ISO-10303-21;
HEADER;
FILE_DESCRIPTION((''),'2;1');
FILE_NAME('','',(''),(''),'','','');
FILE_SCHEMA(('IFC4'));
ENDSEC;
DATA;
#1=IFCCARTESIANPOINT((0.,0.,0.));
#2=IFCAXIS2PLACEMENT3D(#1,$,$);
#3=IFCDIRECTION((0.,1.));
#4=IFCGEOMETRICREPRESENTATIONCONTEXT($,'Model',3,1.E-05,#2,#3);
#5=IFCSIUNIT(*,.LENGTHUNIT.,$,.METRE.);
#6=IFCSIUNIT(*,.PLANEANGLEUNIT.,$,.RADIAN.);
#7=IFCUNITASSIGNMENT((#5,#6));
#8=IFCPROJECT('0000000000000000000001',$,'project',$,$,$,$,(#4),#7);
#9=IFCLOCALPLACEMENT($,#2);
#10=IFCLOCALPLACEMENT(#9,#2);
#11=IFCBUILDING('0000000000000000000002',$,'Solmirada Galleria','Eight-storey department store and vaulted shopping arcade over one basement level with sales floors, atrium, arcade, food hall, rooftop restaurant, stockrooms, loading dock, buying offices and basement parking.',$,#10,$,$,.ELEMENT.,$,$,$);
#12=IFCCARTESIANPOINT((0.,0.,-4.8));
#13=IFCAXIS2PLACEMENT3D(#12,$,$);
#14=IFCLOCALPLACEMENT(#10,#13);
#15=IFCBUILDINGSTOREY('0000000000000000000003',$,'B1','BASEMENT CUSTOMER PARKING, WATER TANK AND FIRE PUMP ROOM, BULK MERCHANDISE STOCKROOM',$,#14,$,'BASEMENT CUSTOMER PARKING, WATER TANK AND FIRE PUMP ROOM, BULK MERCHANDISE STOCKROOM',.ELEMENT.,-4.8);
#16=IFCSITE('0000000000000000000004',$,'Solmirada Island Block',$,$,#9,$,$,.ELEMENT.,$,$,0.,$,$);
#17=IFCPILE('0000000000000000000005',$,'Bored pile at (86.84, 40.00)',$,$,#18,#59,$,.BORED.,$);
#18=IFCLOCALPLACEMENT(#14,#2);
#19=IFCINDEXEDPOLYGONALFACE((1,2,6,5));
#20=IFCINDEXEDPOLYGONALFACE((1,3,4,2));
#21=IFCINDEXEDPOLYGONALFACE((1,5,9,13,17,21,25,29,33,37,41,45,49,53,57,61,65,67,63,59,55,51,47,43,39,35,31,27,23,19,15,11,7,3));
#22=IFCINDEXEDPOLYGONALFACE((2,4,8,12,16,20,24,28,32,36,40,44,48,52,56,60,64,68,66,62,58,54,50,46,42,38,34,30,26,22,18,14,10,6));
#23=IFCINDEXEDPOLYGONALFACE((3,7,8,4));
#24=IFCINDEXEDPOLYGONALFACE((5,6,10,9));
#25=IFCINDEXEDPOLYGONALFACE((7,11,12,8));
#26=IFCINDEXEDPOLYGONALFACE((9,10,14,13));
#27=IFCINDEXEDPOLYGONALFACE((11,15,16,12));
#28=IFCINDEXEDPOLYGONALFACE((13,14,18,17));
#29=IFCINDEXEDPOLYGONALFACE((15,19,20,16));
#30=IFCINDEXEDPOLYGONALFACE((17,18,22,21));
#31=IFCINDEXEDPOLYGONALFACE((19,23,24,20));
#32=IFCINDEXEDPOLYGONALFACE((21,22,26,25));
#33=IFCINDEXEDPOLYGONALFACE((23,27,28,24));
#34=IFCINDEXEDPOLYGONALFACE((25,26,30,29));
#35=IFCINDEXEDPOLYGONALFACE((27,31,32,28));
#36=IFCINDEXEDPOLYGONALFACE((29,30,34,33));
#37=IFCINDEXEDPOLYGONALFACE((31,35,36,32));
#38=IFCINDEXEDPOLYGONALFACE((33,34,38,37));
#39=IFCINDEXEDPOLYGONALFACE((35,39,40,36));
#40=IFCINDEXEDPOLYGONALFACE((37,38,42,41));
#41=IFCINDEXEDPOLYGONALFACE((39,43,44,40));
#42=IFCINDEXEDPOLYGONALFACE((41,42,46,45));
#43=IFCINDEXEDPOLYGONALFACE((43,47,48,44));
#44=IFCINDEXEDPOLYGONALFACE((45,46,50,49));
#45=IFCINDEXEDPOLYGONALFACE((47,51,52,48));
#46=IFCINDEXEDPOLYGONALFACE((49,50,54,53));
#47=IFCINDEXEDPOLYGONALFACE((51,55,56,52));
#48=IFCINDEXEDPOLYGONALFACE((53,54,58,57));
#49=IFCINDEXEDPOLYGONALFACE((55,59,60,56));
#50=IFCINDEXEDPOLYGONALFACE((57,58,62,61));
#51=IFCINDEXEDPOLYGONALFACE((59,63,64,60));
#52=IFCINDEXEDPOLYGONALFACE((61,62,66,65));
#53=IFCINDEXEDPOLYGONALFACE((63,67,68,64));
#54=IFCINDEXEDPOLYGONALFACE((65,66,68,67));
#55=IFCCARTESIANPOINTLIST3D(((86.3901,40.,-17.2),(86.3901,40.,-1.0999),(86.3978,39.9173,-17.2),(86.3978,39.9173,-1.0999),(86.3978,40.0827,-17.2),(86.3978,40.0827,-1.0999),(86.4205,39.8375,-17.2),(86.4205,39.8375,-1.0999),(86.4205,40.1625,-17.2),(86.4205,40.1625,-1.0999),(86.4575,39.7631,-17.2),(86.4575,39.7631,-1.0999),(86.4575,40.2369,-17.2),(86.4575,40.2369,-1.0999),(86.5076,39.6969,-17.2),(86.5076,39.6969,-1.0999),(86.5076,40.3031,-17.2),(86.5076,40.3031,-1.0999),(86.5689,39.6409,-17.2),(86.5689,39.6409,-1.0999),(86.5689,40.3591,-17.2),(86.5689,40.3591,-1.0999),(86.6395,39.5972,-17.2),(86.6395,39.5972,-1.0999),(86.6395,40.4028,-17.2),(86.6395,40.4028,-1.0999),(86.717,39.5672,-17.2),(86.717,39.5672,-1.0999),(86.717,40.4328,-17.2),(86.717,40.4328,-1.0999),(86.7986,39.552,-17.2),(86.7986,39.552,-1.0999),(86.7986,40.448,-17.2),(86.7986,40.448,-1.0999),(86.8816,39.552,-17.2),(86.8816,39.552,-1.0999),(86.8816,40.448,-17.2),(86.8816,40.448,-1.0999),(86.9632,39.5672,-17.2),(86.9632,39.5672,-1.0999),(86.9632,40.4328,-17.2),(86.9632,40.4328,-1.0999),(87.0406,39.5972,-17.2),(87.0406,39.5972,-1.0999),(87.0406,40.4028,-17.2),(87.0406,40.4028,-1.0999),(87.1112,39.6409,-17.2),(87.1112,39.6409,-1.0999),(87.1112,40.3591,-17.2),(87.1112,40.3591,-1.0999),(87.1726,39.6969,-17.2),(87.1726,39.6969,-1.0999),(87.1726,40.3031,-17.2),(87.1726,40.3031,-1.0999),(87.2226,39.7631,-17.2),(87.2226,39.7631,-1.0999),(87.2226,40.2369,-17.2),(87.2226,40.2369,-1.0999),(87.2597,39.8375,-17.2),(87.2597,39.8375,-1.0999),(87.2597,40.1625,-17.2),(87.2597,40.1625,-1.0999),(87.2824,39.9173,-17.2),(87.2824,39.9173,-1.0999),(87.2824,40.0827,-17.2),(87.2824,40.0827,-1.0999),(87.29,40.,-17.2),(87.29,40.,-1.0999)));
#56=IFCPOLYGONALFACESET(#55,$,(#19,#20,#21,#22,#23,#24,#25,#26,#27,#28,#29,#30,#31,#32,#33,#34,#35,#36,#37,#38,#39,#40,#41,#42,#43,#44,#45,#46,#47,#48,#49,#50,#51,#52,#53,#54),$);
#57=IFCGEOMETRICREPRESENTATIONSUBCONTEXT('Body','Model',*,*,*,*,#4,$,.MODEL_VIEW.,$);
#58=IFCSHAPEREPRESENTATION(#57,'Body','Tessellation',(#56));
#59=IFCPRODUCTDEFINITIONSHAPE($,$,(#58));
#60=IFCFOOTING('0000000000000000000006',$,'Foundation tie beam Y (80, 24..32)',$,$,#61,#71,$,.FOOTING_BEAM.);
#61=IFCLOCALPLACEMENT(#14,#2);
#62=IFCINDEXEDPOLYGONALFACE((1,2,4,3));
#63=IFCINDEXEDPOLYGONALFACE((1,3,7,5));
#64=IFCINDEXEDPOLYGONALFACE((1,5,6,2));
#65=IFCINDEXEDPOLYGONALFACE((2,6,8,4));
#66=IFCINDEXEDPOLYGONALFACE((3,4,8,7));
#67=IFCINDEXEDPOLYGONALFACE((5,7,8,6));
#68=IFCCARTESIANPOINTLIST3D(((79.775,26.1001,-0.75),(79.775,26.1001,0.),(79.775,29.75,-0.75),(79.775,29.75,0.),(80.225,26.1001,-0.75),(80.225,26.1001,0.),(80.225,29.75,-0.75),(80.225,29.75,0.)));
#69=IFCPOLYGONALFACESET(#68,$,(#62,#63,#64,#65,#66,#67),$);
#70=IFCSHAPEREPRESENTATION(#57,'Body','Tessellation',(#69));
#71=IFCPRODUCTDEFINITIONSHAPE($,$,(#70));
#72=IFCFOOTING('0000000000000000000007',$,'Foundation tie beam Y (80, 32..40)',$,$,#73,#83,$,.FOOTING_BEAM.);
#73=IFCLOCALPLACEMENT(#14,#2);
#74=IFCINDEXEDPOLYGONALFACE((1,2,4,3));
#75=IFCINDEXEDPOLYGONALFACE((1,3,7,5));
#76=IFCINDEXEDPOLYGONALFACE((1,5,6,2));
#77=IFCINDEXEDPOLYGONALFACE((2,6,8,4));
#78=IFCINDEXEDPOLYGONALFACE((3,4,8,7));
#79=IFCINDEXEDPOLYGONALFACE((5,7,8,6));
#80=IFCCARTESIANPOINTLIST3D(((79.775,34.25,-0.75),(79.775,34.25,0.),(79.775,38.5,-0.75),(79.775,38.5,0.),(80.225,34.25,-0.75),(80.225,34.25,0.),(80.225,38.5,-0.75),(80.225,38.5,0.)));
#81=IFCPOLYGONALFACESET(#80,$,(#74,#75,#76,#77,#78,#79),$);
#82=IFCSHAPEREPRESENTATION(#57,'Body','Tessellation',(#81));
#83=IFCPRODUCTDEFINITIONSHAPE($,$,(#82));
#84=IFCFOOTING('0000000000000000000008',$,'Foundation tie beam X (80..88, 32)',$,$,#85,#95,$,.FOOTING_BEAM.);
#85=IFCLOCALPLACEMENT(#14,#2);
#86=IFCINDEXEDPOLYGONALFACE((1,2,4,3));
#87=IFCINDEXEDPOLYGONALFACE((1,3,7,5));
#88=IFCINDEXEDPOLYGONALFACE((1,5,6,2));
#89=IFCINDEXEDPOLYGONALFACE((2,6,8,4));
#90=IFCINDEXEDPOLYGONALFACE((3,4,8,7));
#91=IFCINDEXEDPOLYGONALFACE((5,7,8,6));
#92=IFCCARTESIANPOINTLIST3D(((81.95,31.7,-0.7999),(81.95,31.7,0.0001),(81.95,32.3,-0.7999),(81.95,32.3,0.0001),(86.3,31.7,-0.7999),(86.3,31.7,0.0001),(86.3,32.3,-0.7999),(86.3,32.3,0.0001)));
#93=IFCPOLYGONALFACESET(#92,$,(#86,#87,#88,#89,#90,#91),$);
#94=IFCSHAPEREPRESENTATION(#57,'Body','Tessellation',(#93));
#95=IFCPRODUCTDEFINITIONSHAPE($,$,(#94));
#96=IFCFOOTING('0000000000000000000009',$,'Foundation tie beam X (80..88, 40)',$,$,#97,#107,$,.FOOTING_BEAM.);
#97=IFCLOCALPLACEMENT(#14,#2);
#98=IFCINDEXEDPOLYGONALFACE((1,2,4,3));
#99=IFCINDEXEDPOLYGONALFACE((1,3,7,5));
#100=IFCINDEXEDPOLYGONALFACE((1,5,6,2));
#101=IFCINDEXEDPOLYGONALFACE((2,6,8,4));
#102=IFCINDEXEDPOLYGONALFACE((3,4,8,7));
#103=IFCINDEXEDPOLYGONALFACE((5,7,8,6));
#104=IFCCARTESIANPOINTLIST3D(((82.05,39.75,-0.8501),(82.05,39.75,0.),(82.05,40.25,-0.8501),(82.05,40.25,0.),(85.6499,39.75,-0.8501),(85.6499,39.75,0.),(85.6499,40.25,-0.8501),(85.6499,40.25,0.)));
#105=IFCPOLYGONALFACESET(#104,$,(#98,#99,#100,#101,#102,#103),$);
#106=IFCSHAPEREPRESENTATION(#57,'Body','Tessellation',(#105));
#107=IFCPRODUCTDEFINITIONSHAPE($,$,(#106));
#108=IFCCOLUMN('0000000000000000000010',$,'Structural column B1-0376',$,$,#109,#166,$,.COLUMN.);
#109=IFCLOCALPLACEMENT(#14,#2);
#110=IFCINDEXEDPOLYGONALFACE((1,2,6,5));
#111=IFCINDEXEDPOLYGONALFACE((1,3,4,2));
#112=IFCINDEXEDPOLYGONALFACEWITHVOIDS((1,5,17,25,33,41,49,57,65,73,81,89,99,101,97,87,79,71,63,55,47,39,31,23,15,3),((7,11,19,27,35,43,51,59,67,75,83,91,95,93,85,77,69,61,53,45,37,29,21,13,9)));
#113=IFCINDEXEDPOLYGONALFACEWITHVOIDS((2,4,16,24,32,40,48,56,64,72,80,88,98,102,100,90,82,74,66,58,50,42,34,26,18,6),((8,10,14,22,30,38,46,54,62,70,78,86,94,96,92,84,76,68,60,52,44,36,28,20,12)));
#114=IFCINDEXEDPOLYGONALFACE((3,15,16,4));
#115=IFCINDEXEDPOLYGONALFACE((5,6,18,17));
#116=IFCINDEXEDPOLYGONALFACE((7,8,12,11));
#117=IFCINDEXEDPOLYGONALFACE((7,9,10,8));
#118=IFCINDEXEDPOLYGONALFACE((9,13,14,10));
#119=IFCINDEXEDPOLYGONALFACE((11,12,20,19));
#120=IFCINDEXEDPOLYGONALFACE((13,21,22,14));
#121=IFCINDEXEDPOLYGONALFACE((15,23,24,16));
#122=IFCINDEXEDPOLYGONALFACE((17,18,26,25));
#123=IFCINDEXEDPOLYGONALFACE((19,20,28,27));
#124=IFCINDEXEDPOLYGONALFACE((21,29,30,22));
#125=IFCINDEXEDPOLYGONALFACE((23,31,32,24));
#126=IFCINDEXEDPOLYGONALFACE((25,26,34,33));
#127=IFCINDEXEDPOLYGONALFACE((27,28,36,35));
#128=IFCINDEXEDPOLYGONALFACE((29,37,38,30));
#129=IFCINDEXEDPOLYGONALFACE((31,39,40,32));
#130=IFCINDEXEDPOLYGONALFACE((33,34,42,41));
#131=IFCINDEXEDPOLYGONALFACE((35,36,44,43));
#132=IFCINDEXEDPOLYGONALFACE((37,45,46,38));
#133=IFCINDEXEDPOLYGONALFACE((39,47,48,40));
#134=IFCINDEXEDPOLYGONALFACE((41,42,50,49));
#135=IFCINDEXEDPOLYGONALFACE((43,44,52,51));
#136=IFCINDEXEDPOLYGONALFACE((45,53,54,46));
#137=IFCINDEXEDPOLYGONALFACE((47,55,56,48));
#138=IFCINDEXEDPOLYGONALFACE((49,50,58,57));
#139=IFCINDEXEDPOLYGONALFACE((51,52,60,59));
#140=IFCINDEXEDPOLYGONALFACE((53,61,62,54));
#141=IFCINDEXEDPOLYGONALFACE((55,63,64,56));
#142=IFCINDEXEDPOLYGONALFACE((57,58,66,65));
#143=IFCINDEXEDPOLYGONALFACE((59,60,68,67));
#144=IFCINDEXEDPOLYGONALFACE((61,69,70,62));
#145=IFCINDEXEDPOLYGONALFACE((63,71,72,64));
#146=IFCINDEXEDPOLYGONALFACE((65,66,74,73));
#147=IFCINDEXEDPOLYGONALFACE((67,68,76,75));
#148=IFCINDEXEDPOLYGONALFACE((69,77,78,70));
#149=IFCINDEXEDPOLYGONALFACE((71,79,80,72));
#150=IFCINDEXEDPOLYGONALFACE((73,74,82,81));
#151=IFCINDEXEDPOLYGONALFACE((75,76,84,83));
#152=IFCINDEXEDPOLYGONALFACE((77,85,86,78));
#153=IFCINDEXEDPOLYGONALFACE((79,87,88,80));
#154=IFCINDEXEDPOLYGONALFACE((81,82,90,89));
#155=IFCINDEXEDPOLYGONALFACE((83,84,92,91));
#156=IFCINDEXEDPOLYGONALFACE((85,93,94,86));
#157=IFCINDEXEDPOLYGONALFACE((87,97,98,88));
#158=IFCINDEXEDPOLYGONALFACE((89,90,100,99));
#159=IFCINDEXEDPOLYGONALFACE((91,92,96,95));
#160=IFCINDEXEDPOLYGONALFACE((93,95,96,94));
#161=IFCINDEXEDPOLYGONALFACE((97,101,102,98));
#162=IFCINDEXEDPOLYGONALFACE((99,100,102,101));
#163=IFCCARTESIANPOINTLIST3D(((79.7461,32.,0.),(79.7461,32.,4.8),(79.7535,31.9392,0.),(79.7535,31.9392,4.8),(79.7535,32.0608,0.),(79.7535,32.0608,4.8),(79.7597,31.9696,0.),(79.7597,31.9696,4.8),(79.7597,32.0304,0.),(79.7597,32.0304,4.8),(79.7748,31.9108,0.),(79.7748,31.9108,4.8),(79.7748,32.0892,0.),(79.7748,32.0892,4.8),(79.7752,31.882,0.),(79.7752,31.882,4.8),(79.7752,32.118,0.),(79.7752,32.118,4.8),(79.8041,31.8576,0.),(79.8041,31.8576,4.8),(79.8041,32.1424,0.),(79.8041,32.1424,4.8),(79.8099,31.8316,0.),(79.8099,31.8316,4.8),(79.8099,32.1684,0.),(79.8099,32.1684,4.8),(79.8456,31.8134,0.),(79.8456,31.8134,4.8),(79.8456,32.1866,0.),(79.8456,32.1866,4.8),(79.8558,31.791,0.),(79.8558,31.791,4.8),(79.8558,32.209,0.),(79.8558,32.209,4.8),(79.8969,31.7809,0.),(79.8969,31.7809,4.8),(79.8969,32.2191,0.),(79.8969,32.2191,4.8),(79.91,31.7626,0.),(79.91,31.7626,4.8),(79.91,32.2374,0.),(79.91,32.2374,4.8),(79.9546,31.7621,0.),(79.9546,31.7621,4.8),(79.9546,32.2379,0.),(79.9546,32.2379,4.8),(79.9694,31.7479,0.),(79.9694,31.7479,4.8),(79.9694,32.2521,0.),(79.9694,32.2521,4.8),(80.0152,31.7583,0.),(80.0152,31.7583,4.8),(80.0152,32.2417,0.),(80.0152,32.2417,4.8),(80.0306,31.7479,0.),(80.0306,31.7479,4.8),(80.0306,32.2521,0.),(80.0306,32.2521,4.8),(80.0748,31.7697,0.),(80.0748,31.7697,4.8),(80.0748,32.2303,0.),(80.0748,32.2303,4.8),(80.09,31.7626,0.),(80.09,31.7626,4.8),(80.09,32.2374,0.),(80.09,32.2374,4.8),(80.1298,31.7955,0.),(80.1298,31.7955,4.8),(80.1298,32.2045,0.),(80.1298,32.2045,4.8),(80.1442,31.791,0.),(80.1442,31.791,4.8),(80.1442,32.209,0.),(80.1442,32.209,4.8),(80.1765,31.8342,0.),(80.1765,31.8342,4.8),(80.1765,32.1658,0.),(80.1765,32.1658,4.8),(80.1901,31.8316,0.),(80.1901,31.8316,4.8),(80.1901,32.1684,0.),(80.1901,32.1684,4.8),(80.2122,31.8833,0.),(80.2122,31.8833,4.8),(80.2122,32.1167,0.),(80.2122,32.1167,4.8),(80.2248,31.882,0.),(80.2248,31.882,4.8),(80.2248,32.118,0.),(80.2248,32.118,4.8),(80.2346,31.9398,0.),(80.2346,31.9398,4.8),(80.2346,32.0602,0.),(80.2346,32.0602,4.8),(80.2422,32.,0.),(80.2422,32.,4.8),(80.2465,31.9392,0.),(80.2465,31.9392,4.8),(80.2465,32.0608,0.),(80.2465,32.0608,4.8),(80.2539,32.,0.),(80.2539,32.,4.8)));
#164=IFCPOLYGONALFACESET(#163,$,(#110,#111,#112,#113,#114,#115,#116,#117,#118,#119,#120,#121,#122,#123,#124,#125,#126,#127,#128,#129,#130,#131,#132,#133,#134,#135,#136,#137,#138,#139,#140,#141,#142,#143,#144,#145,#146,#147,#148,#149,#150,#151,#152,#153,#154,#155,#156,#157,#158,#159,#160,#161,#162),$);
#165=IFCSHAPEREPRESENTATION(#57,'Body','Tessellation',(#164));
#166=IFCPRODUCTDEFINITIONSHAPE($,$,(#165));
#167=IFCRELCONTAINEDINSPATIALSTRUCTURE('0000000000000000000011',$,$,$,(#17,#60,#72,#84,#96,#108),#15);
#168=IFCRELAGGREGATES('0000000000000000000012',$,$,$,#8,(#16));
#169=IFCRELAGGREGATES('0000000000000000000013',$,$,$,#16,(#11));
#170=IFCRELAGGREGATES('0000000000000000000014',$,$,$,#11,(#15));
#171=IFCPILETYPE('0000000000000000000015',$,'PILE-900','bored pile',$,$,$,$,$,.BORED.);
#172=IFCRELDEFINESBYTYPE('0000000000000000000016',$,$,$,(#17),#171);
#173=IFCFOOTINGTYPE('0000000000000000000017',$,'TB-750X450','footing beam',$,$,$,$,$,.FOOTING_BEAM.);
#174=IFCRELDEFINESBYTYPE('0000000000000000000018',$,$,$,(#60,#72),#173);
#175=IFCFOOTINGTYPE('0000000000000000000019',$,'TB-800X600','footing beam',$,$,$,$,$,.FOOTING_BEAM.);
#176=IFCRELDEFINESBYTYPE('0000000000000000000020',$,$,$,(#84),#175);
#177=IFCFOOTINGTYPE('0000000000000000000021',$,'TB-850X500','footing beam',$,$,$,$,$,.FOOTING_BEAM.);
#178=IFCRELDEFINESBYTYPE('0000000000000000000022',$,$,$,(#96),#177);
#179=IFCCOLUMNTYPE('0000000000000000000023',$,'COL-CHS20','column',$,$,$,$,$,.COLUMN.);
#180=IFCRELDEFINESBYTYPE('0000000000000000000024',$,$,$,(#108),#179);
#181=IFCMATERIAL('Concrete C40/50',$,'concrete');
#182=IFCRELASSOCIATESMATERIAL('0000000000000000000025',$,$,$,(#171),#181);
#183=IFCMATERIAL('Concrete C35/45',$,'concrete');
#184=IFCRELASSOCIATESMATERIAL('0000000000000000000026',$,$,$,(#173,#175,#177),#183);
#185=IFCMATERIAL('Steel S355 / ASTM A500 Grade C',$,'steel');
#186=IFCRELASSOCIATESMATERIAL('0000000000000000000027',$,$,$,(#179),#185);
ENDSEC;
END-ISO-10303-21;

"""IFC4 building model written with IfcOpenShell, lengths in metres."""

from ifc_helpers import new_model, si_unit, direction, frame, origin, origin_2d, place, context, subcontext, project, spatial, rectangle, circle, hollow_circle, extrude, material, material_profile, profile_set, type_object, element, save


model = new_model("IFC4")

# Units and contexts
model_context = context("Model", 3, precision=1e-05, world=origin(), true_north=direction((0.0, 1.0)))
body_context = subcontext(model_context, "Body", "Model", "MODEL_VIEW")
ifc_project = project(units=[si_unit("LENGTHUNIT", "METRE"), si_unit("PLANEANGLEUNIT", "RADIAN")], contexts=[model_context])

# Site, building, storey
site_placement = place(None, origin())
site = spatial("IfcSite", under=ifc_project, at=site_placement, Name="Solmirada Island Block", CompositionType="ELEMENT", RefElevation=0.0)
building_placement = place(site_placement, origin())
building = spatial("IfcBuilding", under=site, at=building_placement, Name="Solmirada Galleria", Description="Eight-storey department store and vaulted shopping arcade over one basement level with sales floors, atrium, arcade, food hall, rooftop restaurant, stockrooms, loading dock, buying offices and basement parking.", CompositionType="ELEMENT")
storey_placement = place(building_placement, frame((0.0, 0.0, -4.8)))
storey = spatial("IfcBuildingStorey", under=building, at=storey_placement, Name="B1", Description="BASEMENT CUSTOMER PARKING, WATER TANK AND FIRE PUMP ROOM, BULK MERCHANDISE STOCKROOM", LongName="BASEMENT CUSTOMER PARKING, WATER TANK AND FIRE PUMP ROOM, BULK MERCHANDISE STOCKROOM", CompositionType="ELEMENT", Elevation=-4.8)

# Shared definitions
ifc_material_1 = material(Name="Concrete C35/45", Category="concrete")

# Pile
ifc_material_2 = material(Name="Concrete C40/50", Category="concrete")
ifc_material_profile_1 = material_profile(ifc_material_2, circle(Radius=0.45, at=origin_2d()), Name="PILE900")
ifc_profile_set_1 = profile_set([ifc_material_profile_1], Name="Concrete C40/50")
pile_type = type_object("IfcPileType", Name="PILE-900", Description="bored pile", PredefinedType="BORED", material=ifc_profile_set_1)
pile_1_placement = place(storey_placement, frame((86.8401, 40.0, -1.0999), z_axis=(0.0, 0.0, -1.0), x_axis=(1.0, 0.0, 0.0)))
element("IfcPile", 1, at=pile_1_placement, inside=storey, type_object=pile_type, Name="Bored pile at (86.84, 40.00)", PredefinedType="BORED", context=body_context, shape_type="SweptSolid", body=[
    extrude(circle(Radius=0.45, at=origin_2d()), origin(), (0.0, 0.0, 1.0), 16.1001),
])

# Footings
ifc_material_profile_2 = material_profile(ifc_material_1, rectangle(XDim=0.45, YDim=0.75, at=origin_2d()), Name="RC750X450")
ifc_profile_set_2 = profile_set([ifc_material_profile_2], Name="Concrete C35/45")
footing_type_1 = type_object("IfcFootingType", Name="TB-750X450", Description="footing beam", PredefinedType="FOOTING_BEAM", material=ifc_profile_set_2)
footing_1_placement = place(storey_placement, frame((80.0, 26.1001, -0.375), z_axis=(0.0, 1.0, 0.0), x_axis=(-1.0, 0.0, 0.0)))
element("IfcFooting", 2, at=footing_1_placement, inside=storey, type_object=footing_type_1, Name="Foundation tie beam Y (80, 24..32)", PredefinedType="FOOTING_BEAM", context=body_context, shape_type="SweptSolid", body=[
    extrude(rectangle(XDim=0.45, YDim=0.75, at=origin_2d()), origin(), (0.0, 0.0, 1.0), 3.6499),
])
footing_2_placement = place(storey_placement, frame((80.0, 34.25, -0.375), z_axis=(0.0, 1.0, 0.0), x_axis=(-1.0, 0.0, 0.0)))
element("IfcFooting", 3, at=footing_2_placement, inside=storey, type_object=footing_type_1, Name="Foundation tie beam Y (80, 32..40)", PredefinedType="FOOTING_BEAM", context=body_context, shape_type="SweptSolid", body=[
    extrude(rectangle(XDim=0.45, YDim=0.75, at=origin_2d()), origin(), (0.0, 0.0, 1.0), 4.25),
])
ifc_material_profile_3 = material_profile(ifc_material_1, rectangle(XDim=0.6001, YDim=0.8, at=origin_2d()), Name="RC800X600")
ifc_profile_set_3 = profile_set([ifc_material_profile_3], Name="Concrete C35/45")
footing_type_2 = type_object("IfcFootingType", Name="TB-800X600", Description="footing beam", PredefinedType="FOOTING_BEAM", material=ifc_profile_set_3)
footing_3_placement = place(storey_placement, frame((81.95, 32.0, -0.3999), z_axis=(1.0, 0.0, 0.0), x_axis=(0.0, 1.0, 0.0)))
element("IfcFooting", 4, at=footing_3_placement, inside=storey, type_object=footing_type_2, Name="Foundation tie beam X (80..88, 32)", PredefinedType="FOOTING_BEAM", context=body_context, shape_type="SweptSolid", body=[
    extrude(rectangle(XDim=0.6001, YDim=0.8, at=origin_2d()), origin(), (0.0, 0.0, 1.0), 4.3501),
])
ifc_material_profile_4 = material_profile(ifc_material_1, rectangle(XDim=0.5, YDim=0.8501, at=origin_2d()), Name="RC850X500")
ifc_profile_set_4 = profile_set([ifc_material_profile_4], Name="Concrete C35/45")
footing_type_3 = type_object("IfcFootingType", Name="TB-850X500", Description="footing beam", PredefinedType="FOOTING_BEAM", material=ifc_profile_set_4)
footing_4_placement = place(storey_placement, frame((82.05, 40.0, -0.425), z_axis=(1.0, 0.0, 0.0), x_axis=(0.0, 1.0, 0.0)))
element("IfcFooting", 5, at=footing_4_placement, inside=storey, type_object=footing_type_3, Name="Foundation tie beam X (80..88, 40)", PredefinedType="FOOTING_BEAM", context=body_context, shape_type="SweptSolid", body=[
    extrude(rectangle(XDim=0.5, YDim=0.8501, at=origin_2d()), origin(), (0.0, 0.0, 1.0), 3.5999),
])

# Column
ifc_material_3 = material(Name="Steel S355 / ASTM A500 Grade C", Category="steel")
ifc_material_profile_5 = material_profile(ifc_material_3, hollow_circle(Radius=0.2539, WallThickness=0.0117, at=origin_2d()), Name="HSS20.000X0.500")
ifc_profile_set_5 = profile_set([ifc_material_profile_5], Name="Steel S355 / ASTM A500 Grade C")
column_type_1 = type_object("IfcColumnType", Name="COL-CHS20", Description="column", PredefinedType="COLUMN", material=ifc_profile_set_5)
column_1_placement = place(storey_placement, frame((80.0, 32.0, 0.0), z_axis=(0.0, 0.0, 1.0), x_axis=(1.0, 0.0, 0.0)))
element("IfcColumn", 6, at=column_1_placement, inside=storey, type_object=column_type_1, Name="Structural column B1-0376", PredefinedType="COLUMN", context=body_context, shape_type="SweptSolid", body=[
    extrude(hollow_circle(Radius=0.2539, WallThickness=0.0117, at=origin_2d()), origin(), (0.0, 0.0, 1.0), 4.8),
])

save(model, "model.ifc")
